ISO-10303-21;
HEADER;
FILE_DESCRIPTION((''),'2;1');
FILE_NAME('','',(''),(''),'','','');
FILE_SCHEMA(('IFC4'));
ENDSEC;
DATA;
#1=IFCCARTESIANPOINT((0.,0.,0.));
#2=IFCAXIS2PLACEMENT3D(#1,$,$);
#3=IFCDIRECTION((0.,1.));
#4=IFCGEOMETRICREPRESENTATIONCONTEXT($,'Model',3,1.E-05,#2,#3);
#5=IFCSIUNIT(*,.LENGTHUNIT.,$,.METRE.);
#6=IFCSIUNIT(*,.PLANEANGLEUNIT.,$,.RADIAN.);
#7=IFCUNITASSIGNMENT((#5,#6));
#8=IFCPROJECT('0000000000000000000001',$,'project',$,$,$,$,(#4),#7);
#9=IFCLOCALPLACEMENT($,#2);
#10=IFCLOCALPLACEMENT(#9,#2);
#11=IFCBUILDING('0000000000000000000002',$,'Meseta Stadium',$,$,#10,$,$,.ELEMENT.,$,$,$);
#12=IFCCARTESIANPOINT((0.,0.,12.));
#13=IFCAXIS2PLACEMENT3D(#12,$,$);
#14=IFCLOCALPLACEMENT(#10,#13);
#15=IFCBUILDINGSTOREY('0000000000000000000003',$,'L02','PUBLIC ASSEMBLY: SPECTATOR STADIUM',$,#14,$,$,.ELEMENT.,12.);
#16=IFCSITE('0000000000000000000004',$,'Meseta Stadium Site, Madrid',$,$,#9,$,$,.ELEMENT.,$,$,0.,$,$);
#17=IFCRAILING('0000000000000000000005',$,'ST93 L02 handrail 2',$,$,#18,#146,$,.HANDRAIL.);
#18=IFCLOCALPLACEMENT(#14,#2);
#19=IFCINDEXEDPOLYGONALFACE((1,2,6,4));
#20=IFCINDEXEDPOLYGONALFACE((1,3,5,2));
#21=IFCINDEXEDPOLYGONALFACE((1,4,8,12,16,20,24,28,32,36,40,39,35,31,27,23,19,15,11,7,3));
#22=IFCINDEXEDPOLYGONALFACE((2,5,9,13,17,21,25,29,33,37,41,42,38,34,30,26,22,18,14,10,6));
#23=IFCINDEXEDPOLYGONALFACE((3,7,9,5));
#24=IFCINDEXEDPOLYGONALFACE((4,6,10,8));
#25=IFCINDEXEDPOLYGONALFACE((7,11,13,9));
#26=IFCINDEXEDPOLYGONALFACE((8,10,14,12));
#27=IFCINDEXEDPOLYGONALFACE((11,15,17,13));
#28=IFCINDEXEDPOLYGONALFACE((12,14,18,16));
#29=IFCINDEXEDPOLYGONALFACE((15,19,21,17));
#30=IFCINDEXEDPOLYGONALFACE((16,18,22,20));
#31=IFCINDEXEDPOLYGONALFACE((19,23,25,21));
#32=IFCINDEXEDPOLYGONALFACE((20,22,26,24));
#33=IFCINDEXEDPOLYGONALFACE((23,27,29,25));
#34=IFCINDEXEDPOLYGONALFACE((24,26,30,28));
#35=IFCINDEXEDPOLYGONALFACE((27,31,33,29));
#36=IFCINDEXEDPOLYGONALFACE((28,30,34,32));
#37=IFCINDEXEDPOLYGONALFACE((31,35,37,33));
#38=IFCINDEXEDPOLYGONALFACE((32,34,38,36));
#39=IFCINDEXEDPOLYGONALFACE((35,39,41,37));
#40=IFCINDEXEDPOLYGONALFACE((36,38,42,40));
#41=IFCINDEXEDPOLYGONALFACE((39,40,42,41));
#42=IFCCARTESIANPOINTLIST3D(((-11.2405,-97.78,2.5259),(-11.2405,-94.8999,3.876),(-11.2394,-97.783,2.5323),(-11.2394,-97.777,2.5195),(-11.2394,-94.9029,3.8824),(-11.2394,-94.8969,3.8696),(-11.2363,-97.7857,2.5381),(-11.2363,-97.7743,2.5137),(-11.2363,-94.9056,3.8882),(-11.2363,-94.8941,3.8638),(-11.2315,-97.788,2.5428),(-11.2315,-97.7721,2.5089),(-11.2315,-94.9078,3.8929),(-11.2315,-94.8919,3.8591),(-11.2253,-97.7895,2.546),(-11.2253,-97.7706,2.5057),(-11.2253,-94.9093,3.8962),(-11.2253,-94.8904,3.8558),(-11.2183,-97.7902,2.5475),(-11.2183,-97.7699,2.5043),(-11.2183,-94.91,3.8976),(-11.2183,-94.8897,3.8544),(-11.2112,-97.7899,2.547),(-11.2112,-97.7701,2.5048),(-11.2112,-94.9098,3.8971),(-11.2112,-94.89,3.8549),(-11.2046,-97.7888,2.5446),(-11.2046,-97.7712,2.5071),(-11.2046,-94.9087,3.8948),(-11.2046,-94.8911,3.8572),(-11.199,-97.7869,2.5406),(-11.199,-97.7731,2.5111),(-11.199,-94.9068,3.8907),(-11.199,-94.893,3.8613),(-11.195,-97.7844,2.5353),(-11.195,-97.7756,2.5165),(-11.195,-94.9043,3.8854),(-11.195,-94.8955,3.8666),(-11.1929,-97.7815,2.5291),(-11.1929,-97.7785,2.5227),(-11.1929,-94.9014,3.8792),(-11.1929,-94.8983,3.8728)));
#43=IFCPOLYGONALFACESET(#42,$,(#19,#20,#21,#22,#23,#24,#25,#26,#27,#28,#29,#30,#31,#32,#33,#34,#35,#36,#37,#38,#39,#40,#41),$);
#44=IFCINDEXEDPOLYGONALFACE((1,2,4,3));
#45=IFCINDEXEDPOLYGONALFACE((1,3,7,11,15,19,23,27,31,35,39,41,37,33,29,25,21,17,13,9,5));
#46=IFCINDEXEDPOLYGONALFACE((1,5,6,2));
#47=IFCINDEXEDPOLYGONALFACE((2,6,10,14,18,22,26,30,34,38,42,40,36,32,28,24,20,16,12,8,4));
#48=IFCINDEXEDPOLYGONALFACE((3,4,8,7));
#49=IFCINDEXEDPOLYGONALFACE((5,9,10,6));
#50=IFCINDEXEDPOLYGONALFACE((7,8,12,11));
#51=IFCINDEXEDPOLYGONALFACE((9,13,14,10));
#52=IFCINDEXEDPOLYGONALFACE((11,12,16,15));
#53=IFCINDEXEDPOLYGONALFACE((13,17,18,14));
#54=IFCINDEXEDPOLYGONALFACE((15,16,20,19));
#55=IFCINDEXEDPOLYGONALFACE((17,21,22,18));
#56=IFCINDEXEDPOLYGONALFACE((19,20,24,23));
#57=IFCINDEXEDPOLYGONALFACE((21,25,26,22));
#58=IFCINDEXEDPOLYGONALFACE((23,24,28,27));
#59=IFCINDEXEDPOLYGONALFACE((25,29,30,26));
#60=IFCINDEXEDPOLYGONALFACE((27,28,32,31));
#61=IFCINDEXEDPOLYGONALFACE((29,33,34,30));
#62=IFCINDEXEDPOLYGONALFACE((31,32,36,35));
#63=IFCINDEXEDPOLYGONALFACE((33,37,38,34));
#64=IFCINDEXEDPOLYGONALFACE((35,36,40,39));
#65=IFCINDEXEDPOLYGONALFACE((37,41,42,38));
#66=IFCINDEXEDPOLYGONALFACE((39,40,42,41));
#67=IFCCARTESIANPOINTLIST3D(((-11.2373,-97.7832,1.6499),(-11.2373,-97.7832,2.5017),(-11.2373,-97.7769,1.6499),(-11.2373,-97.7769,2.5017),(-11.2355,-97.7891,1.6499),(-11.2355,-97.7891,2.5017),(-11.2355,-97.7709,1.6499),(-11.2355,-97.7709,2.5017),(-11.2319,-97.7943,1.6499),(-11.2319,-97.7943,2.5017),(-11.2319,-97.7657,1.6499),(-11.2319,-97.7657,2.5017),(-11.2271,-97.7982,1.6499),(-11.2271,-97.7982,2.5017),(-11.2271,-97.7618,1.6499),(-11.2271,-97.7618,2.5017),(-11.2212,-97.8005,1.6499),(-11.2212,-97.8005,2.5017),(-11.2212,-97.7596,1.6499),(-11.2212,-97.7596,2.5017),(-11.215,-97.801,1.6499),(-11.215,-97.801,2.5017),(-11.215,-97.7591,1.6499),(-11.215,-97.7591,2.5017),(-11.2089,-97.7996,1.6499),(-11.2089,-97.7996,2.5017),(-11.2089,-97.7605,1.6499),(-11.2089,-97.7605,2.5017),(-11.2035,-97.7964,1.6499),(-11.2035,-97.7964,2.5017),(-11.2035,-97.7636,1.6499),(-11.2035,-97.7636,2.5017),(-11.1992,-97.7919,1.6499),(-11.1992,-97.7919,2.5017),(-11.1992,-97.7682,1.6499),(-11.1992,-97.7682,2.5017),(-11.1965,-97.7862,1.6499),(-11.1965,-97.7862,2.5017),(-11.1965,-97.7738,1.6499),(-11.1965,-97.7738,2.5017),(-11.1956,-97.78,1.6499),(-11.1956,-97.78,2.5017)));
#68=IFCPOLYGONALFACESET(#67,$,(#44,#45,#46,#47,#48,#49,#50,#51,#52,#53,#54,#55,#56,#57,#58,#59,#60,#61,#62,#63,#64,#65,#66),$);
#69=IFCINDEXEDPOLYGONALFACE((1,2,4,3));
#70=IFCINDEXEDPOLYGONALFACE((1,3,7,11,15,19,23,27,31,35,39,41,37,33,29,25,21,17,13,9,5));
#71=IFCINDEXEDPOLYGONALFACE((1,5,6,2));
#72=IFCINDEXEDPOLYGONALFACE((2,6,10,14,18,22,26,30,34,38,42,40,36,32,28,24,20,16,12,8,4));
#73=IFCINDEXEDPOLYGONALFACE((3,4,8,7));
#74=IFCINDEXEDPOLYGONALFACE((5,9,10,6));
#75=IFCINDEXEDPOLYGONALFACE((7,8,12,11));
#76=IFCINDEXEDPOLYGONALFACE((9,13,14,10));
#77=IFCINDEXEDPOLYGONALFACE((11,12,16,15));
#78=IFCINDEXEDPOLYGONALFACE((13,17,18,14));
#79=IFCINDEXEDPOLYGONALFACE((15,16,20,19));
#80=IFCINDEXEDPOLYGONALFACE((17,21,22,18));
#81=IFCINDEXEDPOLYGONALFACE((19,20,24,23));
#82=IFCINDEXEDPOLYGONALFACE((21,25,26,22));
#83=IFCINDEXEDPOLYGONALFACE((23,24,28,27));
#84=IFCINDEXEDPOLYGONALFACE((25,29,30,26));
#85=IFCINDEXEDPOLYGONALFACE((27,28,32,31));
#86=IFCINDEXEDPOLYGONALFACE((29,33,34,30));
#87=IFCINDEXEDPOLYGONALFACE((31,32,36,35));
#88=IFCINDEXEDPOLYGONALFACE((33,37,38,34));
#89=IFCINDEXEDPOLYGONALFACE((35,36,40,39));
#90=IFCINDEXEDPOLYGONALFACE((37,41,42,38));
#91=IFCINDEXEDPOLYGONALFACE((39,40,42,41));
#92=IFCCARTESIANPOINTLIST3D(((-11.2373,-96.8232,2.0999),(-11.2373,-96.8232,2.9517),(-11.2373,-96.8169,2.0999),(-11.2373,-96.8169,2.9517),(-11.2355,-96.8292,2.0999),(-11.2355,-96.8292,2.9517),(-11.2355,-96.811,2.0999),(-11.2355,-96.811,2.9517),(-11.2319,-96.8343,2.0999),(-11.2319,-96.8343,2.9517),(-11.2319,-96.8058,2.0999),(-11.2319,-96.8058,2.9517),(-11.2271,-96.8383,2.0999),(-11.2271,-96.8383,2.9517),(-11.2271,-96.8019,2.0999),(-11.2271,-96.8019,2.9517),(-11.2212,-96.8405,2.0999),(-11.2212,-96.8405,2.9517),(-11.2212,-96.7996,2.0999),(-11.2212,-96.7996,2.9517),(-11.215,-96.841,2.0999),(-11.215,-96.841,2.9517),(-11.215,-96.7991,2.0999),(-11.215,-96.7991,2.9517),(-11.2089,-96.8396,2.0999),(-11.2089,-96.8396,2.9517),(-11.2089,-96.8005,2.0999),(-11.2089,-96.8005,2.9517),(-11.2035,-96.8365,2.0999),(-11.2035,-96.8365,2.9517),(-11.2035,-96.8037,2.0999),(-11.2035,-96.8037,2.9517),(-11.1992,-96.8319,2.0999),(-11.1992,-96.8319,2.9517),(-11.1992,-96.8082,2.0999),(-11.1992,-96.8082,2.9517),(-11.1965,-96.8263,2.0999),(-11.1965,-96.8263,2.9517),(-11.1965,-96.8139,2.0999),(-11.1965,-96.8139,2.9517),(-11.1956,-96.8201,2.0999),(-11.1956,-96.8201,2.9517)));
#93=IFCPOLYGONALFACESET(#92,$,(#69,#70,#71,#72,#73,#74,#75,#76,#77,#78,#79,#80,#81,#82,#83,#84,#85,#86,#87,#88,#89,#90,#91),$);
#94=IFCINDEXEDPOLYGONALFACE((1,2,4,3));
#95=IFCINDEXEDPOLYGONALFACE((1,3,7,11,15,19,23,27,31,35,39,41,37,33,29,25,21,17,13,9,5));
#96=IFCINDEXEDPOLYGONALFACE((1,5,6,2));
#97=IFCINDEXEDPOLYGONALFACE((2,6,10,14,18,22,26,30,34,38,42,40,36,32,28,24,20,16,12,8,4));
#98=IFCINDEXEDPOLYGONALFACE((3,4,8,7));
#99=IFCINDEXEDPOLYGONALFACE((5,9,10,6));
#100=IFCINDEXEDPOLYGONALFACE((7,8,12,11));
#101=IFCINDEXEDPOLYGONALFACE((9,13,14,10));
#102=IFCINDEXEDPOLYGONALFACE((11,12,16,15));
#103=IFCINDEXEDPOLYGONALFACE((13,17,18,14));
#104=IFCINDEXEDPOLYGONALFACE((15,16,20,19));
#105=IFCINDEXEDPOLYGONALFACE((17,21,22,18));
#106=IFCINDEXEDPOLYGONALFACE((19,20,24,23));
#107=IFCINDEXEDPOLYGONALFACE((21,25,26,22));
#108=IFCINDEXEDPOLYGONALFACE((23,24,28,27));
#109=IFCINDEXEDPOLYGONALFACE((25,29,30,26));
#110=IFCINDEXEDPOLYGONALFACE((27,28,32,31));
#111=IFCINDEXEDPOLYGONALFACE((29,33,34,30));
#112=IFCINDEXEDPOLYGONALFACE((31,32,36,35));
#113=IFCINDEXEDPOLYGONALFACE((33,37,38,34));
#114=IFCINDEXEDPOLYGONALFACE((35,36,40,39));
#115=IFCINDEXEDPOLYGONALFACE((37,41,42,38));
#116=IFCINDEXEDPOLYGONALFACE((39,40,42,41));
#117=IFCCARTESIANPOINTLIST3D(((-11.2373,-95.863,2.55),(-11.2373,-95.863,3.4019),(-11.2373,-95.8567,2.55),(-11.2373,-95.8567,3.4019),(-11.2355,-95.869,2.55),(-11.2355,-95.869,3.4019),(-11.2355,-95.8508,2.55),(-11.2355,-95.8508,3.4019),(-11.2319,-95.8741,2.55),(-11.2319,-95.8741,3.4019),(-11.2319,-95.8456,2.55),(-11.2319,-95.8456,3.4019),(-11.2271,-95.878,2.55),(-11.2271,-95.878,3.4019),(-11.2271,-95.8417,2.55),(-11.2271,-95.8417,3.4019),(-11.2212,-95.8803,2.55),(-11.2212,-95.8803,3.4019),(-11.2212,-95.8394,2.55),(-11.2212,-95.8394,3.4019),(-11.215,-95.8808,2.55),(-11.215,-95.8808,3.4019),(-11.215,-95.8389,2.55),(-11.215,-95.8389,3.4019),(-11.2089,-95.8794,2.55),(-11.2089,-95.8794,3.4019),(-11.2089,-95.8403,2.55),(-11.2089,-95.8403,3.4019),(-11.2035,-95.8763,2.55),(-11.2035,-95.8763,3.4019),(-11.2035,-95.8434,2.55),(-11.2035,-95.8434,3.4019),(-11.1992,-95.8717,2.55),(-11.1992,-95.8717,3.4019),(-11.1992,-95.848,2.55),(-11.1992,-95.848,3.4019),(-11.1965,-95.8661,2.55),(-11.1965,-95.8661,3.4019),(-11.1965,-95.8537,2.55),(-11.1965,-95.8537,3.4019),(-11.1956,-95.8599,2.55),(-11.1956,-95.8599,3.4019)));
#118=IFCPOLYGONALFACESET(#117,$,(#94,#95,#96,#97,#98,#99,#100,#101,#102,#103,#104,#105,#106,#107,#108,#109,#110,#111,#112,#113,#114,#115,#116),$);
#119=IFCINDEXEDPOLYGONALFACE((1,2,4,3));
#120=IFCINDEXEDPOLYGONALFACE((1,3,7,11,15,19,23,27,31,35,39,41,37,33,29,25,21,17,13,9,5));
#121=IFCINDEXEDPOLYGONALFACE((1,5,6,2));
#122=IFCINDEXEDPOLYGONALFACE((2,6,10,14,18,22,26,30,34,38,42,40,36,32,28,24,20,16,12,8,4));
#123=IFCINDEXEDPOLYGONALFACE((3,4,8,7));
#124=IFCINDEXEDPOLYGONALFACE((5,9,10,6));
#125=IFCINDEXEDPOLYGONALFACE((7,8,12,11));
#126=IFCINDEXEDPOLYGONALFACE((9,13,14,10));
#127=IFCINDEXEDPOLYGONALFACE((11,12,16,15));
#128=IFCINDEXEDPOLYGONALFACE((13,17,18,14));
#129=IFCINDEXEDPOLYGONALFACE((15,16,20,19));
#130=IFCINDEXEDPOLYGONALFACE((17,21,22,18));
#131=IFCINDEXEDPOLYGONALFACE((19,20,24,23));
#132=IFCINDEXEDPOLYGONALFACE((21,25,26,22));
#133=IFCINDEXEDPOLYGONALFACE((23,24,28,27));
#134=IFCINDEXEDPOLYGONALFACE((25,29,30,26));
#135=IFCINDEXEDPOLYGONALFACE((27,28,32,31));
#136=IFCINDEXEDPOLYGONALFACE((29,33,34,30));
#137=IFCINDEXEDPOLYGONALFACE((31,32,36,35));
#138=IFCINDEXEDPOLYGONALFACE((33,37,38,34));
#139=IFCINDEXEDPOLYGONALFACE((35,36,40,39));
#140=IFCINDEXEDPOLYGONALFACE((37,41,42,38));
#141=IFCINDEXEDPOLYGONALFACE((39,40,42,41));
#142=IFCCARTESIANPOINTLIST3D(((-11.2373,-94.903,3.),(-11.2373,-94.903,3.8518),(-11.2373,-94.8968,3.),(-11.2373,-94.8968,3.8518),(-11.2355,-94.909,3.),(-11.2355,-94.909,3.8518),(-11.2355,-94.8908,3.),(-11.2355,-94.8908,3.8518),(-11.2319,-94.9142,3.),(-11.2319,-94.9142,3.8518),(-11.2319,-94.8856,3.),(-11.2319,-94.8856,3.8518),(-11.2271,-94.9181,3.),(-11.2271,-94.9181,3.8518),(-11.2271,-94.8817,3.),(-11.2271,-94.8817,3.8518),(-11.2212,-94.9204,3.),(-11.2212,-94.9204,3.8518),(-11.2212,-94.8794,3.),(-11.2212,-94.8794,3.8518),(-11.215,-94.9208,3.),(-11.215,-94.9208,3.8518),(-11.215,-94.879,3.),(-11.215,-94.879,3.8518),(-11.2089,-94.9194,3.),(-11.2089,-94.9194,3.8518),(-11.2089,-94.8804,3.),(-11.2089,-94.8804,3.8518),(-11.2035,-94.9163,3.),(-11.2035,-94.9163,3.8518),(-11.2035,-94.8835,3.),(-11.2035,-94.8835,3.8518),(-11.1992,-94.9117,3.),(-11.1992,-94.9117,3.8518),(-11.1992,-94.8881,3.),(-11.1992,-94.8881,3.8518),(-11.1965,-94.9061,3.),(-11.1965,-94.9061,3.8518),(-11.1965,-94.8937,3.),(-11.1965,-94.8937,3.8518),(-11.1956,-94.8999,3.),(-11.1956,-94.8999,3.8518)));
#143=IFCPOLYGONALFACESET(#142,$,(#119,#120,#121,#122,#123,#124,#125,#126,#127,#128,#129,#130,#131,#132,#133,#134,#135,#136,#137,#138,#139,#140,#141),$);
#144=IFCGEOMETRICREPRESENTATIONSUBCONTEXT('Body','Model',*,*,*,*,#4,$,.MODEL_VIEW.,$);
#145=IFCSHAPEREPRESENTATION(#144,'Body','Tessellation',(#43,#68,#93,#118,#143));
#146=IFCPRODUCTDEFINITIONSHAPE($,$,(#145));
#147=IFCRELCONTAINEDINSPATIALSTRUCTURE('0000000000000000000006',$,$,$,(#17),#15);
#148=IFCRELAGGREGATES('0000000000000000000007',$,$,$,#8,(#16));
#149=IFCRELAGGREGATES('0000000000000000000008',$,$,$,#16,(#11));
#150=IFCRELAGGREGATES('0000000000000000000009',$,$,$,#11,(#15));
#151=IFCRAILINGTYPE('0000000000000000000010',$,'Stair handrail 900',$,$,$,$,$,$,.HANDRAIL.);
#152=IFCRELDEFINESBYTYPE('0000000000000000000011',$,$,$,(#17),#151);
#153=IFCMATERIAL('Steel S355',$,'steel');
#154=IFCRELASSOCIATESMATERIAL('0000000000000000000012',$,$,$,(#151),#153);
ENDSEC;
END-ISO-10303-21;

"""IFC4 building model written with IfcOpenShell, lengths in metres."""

from ifc_helpers import new_model, si_unit, direction, frame, origin, origin_2d, place, context, subcontext, project, spatial, circle, extrude, material, type_object, element, save


model = new_model("IFC4")

# Units and contexts
model_context = context("Model", 3, precision=1e-05, world=origin(), true_north=direction((0.0, 1.0)))
body_context = subcontext(model_context, "Body", "Model", "MODEL_VIEW")
ifc_project = project(units=[si_unit("LENGTHUNIT", "METRE"), si_unit("PLANEANGLEUNIT", "RADIAN")], contexts=[model_context])

# Site, building, storey
site_placement = place(None, origin())
site = spatial("IfcSite", under=ifc_project, at=site_placement, Name="Meseta Stadium Site, Madrid", CompositionType="ELEMENT", RefElevation=0.0)
building_placement = place(site_placement, origin())
building = spatial("IfcBuilding", under=site, at=building_placement, Name="Meseta Stadium", CompositionType="ELEMENT")
storey_placement = place(building_placement, frame((0.0, 0.0, 12.0)))
storey = spatial("IfcBuildingStorey", under=building, at=storey_placement, Name="L02", Description="PUBLIC ASSEMBLY: SPECTATOR STADIUM", CompositionType="ELEMENT", Elevation=12.0)

# Railing
ifc_material_1 = material(Name="Steel S355", Category="steel")
railing_type_1 = type_object("IfcRailingType", Name="Stair handrail 900", PredefinedType="HANDRAIL", material=ifc_material_1)
railing_1_placement = place(storey_placement, frame((-11.2166, -97.78, 1.6499)))
element("IfcRailing", 1, at=railing_1_placement, inside=storey, type_object=railing_type_1, Name="ST93 L02 handrail 2", PredefinedType="HANDRAIL", context=body_context, shape_type="SweptSolid", body=[
    extrude(circle(Radius=0.0239, at=origin_2d()), frame((0.0, 0.0, 0.876), z_axis=(0.0, 0.905454, 0.424444), x_axis=(-1.0, 0.0, 0.0)), (0.0, 0.0, 1.0), 3.1809),
    extrude(circle(Radius=0.021, at=origin_2d()), origin(), (0.0, 0.0, 1.0), 0.8518),
    extrude(circle(Radius=0.021, at=origin_2d()), frame((0.0, 0.96, 0.45)), (0.0, 0.0, 1.0), 0.8518),
    extrude(circle(Radius=0.021, at=origin_2d()), frame((0.0, 1.9202, 0.9001)), (0.0, 0.0, 1.0), 0.8518),
    extrude(circle(Radius=0.021, at=origin_2d()), frame((0.0, 2.8801, 1.3501)), (0.0, 0.0, 1.0), 0.8518),
])

save(model, "model.ifc")
